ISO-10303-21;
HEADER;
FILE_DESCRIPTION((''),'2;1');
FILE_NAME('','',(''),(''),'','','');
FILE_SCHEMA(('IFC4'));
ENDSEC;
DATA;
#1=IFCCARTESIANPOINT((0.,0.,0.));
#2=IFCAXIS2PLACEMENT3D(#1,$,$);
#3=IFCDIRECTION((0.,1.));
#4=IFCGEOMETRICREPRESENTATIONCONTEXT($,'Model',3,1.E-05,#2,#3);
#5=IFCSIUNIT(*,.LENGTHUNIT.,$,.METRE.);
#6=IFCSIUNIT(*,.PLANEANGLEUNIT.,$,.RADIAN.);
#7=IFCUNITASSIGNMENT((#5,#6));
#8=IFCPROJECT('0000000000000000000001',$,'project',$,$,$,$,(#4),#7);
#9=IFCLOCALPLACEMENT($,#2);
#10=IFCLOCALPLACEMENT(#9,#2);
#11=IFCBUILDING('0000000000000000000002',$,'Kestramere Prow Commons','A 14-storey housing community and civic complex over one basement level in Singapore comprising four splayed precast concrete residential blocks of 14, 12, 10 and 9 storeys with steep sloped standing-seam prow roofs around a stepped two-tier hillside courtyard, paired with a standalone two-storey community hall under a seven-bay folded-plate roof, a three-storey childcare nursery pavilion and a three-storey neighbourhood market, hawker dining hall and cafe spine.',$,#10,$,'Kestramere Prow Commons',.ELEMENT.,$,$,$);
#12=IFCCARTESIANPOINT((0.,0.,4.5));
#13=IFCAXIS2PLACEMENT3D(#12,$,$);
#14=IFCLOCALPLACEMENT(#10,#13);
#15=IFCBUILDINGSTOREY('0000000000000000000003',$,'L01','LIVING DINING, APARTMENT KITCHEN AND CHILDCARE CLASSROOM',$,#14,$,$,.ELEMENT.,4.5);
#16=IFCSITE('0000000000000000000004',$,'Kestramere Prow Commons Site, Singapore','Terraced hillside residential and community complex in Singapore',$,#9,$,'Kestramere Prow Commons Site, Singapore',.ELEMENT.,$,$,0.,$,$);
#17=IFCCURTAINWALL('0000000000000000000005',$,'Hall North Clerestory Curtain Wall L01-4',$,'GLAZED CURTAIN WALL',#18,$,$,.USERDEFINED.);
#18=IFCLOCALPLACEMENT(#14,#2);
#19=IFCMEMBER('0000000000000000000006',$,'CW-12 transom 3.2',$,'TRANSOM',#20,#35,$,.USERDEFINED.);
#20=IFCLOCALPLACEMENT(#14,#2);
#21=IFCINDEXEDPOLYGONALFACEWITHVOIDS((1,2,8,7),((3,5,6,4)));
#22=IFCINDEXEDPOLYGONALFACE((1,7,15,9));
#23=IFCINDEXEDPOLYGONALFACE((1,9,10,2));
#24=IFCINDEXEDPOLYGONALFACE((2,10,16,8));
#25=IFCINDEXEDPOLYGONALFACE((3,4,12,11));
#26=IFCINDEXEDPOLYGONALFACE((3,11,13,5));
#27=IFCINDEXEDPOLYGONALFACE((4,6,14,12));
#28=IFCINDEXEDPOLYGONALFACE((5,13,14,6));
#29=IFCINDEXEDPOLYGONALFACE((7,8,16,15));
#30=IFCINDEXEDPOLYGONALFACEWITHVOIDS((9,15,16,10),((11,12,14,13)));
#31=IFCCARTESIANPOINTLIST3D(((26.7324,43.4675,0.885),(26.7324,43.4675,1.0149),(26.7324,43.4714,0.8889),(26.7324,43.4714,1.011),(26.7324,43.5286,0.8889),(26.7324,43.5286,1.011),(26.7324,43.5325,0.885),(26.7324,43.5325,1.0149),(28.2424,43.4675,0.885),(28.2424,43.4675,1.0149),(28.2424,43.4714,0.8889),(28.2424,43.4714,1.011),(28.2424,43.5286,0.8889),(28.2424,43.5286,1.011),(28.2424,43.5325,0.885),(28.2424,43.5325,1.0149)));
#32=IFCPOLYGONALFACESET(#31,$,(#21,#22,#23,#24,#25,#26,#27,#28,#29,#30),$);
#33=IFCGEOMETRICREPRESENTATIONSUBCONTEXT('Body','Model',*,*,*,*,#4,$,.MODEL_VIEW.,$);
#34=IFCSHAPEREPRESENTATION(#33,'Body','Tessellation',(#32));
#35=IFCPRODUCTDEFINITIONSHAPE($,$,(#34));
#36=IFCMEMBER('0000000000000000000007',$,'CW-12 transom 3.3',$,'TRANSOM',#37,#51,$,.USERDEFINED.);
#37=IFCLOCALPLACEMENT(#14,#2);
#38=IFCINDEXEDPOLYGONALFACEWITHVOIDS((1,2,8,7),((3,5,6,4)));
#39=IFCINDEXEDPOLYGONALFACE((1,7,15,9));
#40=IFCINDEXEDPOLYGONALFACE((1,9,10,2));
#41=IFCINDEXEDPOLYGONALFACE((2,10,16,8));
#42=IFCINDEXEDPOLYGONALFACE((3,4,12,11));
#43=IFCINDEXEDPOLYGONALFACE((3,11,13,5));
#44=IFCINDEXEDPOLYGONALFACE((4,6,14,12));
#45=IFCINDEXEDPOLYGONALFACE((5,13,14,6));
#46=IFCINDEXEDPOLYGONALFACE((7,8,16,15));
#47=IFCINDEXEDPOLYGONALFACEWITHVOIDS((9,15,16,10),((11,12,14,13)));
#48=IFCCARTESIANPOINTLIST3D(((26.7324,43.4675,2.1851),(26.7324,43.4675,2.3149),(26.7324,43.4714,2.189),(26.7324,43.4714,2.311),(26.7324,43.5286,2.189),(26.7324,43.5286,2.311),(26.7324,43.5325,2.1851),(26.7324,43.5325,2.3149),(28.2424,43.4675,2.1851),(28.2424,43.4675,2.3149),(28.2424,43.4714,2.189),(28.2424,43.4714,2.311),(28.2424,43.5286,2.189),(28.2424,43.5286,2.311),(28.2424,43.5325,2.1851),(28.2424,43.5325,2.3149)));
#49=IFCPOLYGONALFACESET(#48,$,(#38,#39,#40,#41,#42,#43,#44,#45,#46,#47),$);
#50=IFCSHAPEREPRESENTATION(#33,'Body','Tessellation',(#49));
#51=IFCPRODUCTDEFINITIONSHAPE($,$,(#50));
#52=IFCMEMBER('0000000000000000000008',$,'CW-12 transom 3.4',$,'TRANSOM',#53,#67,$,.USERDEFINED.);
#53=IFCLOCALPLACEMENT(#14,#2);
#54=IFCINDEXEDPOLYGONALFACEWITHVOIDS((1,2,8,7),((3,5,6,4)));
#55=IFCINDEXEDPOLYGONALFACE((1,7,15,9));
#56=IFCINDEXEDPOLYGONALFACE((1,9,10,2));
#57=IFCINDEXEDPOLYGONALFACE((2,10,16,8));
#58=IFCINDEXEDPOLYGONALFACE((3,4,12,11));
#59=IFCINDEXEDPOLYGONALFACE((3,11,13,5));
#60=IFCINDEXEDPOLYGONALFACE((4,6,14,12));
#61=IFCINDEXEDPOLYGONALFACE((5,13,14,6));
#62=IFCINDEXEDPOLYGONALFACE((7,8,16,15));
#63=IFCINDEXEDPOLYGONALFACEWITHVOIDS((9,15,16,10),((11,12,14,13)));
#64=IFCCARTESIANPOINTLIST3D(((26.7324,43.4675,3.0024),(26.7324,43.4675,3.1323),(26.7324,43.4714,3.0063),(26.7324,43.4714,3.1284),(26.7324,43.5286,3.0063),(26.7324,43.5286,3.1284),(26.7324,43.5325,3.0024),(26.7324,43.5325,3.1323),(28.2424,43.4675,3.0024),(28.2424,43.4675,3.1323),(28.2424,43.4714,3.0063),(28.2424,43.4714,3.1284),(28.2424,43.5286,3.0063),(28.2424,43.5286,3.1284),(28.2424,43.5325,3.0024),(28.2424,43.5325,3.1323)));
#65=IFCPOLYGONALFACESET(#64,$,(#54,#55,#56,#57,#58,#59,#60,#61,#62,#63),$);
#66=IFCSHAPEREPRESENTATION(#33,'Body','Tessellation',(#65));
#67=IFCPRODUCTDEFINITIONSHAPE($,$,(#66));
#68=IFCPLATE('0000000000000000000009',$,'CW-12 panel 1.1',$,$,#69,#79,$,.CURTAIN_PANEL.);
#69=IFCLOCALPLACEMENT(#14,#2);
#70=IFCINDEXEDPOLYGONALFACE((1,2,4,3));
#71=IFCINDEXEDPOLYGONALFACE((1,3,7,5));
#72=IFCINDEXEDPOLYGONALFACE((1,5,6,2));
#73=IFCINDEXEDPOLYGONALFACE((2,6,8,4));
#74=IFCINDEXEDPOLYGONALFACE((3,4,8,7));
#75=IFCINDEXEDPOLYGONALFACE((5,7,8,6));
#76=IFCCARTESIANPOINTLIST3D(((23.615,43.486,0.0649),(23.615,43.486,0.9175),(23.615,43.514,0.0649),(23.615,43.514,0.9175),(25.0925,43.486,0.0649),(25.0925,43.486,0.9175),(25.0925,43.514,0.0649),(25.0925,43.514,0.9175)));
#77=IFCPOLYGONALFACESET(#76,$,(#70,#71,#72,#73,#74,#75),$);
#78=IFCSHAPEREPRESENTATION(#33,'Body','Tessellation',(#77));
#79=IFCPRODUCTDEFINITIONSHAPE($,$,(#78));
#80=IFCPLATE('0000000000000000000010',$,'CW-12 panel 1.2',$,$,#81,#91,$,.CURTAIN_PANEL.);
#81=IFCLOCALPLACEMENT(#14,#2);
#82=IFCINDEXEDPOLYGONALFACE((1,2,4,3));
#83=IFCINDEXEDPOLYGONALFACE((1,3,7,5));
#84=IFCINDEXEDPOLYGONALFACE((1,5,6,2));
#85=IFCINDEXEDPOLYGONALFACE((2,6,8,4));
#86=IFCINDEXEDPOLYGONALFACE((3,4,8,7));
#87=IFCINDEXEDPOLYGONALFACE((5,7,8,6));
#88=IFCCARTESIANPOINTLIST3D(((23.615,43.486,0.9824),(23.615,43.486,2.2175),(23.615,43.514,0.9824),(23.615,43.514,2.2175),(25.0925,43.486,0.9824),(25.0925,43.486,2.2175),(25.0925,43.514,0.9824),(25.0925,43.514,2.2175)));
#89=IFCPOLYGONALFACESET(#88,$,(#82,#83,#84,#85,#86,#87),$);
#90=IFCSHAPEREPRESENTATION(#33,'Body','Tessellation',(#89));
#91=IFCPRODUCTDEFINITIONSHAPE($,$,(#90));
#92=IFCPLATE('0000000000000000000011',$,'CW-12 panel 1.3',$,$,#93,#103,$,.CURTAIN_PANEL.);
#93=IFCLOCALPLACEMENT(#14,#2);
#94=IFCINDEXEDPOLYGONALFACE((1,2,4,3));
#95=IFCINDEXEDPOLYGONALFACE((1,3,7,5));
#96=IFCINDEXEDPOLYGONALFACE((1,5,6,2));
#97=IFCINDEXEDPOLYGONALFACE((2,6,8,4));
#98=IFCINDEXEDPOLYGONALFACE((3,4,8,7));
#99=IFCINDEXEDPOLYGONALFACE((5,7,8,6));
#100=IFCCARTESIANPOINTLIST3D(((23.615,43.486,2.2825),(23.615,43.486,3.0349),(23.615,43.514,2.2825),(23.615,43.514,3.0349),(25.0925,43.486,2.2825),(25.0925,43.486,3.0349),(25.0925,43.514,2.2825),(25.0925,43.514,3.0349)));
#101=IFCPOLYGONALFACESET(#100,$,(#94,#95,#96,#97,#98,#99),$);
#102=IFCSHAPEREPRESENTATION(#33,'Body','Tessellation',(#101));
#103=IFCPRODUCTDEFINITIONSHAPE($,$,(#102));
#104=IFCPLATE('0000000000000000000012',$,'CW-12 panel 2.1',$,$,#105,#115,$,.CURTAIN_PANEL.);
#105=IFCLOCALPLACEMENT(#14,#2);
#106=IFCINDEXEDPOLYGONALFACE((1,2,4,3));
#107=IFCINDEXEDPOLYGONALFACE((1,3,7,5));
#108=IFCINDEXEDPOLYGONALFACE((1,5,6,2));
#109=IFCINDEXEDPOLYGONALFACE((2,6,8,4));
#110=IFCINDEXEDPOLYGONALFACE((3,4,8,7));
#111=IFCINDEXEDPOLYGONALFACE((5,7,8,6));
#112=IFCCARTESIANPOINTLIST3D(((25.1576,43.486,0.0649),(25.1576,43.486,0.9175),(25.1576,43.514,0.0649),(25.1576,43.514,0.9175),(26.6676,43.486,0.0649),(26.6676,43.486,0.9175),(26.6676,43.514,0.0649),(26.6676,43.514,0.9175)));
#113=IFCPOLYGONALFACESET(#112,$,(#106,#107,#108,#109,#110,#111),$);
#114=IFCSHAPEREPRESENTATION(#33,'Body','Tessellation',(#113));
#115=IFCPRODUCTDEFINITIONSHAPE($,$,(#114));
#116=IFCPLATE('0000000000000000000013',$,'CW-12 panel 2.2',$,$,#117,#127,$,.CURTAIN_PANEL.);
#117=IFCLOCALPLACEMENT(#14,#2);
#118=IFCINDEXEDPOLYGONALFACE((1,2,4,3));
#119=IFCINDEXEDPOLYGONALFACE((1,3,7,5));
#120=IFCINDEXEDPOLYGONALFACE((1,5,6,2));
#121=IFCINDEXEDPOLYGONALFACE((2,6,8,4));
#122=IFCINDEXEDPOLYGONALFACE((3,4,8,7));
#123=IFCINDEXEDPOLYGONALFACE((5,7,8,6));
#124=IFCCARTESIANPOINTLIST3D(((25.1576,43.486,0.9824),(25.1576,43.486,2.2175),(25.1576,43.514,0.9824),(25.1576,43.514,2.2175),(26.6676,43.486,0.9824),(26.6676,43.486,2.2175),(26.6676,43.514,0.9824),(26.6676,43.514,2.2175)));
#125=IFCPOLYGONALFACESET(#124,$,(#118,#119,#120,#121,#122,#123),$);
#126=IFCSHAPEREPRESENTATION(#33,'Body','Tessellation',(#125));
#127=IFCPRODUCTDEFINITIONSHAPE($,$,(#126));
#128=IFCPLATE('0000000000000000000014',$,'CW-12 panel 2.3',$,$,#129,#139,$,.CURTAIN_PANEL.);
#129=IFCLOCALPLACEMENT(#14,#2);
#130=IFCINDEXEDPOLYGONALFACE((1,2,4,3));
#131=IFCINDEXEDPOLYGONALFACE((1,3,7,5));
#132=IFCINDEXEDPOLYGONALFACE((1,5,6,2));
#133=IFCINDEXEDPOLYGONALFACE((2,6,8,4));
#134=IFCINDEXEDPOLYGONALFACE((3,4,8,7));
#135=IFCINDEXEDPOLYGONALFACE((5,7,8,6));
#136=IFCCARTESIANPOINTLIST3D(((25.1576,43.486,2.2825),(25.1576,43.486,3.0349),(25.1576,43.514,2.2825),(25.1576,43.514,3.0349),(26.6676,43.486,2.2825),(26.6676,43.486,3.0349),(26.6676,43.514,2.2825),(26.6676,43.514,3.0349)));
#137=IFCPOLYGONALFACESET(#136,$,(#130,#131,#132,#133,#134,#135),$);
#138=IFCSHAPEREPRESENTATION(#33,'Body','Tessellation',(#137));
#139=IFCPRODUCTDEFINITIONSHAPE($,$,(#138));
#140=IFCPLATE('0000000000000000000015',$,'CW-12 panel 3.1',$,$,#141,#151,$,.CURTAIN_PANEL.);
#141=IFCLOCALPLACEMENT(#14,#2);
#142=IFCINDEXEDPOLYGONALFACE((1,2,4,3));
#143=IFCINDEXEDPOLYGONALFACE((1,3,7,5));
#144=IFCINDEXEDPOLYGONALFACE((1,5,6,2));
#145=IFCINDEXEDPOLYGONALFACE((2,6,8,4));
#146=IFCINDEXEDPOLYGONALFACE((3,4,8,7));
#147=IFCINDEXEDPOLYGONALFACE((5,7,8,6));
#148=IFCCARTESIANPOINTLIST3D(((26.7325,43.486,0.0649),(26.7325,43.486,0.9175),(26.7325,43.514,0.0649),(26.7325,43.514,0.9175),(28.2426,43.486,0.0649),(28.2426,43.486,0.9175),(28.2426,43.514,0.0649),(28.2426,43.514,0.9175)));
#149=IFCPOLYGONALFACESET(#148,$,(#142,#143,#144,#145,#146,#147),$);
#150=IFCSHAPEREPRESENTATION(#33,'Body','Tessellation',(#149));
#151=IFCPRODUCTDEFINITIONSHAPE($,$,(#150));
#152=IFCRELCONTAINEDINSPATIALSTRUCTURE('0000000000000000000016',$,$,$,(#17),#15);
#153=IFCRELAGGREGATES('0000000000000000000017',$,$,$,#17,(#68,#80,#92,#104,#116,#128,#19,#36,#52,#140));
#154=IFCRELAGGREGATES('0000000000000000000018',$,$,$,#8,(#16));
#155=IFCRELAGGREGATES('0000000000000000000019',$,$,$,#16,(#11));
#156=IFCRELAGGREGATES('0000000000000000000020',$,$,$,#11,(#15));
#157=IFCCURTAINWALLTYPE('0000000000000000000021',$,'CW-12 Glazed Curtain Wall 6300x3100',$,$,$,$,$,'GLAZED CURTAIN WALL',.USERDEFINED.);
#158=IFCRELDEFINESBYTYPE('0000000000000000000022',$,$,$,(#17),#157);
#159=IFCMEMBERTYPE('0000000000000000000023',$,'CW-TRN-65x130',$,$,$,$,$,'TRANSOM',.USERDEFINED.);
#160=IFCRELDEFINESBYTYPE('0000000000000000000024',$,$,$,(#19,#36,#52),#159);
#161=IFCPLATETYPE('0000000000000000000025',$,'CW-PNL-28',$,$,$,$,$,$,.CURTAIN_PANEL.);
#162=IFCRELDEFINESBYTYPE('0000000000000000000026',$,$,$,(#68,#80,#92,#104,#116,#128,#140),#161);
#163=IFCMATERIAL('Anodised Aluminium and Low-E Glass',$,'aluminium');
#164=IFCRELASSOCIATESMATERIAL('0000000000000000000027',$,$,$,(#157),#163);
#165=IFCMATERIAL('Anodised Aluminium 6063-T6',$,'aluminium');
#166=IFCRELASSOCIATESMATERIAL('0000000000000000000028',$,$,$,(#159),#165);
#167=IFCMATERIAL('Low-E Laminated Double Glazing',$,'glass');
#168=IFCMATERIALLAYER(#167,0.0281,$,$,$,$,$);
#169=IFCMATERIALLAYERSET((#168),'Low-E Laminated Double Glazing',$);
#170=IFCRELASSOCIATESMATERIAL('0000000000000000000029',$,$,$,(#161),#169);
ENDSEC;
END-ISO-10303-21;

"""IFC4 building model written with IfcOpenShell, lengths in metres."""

from ifc_helpers import new_model, si_unit, direction, frame, origin, origin_2d, place, context, subcontext, project, spatial, rectangle, hollow_rectangle, extrude, material, layer, layer_set, material_profile, profile_set, type_object, element, aggregate, save


model = new_model("IFC4")

# Units and contexts
model_context = context("Model", 3, precision=1e-05, world=origin(), true_north=direction((0.0, 1.0)))
body_context = subcontext(model_context, "Body", "Model", "MODEL_VIEW")
ifc_project = project(units=[si_unit("LENGTHUNIT", "METRE"), si_unit("PLANEANGLEUNIT", "RADIAN")], contexts=[model_context])

# Site, building, storey
site_placement = place(None, origin())
site = spatial("IfcSite", under=ifc_project, at=site_placement, Name="Kestramere Prow Commons Site, Singapore", Description="Terraced hillside residential and community complex in Singapore", LongName="Kestramere Prow Commons Site, Singapore", CompositionType="ELEMENT", RefElevation=0.0)
building_placement = place(site_placement, origin())
building = spatial("IfcBuilding", under=site, at=building_placement, Name="Kestramere Prow Commons", Description="A 14-storey housing community and civic complex over one basement level in Singapore comprising four splayed precast concrete residential blocks of 14, 12, 10 and 9 storeys with steep sloped standing-seam prow roofs around a stepped two-tier hillside courtyard, paired with a standalone two-storey community hall under a seven-bay folded-plate roof, a three-storey childcare nursery pavilion and a three-storey neighbourhood market, hawker dining hall and cafe spine.", LongName="Kestramere Prow Commons", CompositionType="ELEMENT")
storey_placement = place(building_placement, frame((0.0, 0.0, 4.5)))
storey = spatial("IfcBuildingStorey", under=building, at=storey_placement, Name="L01", Description="LIVING DINING, APARTMENT KITCHEN AND CHILDCARE CLASSROOM", CompositionType="ELEMENT", Elevation=4.5)

# Curtain wall, members, plates
ifc_material_1 = material(Name="Anodised Aluminium and Low-E Glass", Category="aluminium")
curtain_wall_type = type_object("IfcCurtainWallType", Name="CW-12 Glazed Curtain Wall 6300x3100", ElementType="GLAZED CURTAIN WALL", PredefinedType="USERDEFINED", material=ifc_material_1)
curtain_wall_placement = place(storey_placement, origin())
curtain_wall = element("IfcCurtainWall", 1, at=curtain_wall_placement, inside=storey, type_object=curtain_wall_type, Name="Hall North Clerestory Curtain Wall L01-4", ObjectType="GLAZED CURTAIN WALL", PredefinedType="USERDEFINED")
ifc_material_2 = material(Name="Anodised Aluminium 6063-T6", Category="aluminium")
ifc_material_profile_1 = material_profile(ifc_material_2, hollow_rectangle(XDim=0.0649, YDim=0.1299, WallThickness=0.0039, at=origin_2d()), Name="ALU-TRN 65x130")
ifc_profile_set_1 = profile_set([ifc_material_profile_1], Name="Anodised Aluminium 6063-T6")
member_type_1 = type_object("IfcMemberType", Name="CW-TRN-65x130", ElementType="TRANSOM", PredefinedType="USERDEFINED", material=ifc_profile_set_1)
member_1_placement = place(storey_placement, frame((26.7324, 43.5, 0.95), z_axis=(1.0, 0.0, 0.0), x_axis=(0.0, 1.0, 0.0)))
member_1 = element("IfcMember", 2, at=member_1_placement, type_object=member_type_1, Name="CW-12 transom 3.2", ObjectType="TRANSOM", PredefinedType="USERDEFINED", context=body_context, shape_type="SweptSolid", body=[
    extrude(hollow_rectangle(XDim=0.0649, YDim=0.1299, WallThickness=0.0039, at=origin_2d()), origin(), (0.0, 0.0, 1.0), 1.51),
])
member_2_placement = place(storey_placement, frame((26.7324, 43.5, 2.25), z_axis=(1.0, 0.0, 0.0), x_axis=(0.0, 1.0, 0.0)))
member_2 = element("IfcMember", 3, at=member_2_placement, type_object=member_type_1, Name="CW-12 transom 3.3", ObjectType="TRANSOM", PredefinedType="USERDEFINED", context=body_context, shape_type="SweptSolid", body=[
    extrude(hollow_rectangle(XDim=0.0649, YDim=0.1299, WallThickness=0.0039, at=origin_2d()), origin(), (0.0, 0.0, 1.0), 1.51),
])
member_3_placement = place(storey_placement, frame((26.7324, 43.5, 3.0674), z_axis=(1.0, 0.0, 0.0), x_axis=(0.0, 1.0, 0.0)))
member_3 = element("IfcMember", 4, at=member_3_placement, type_object=member_type_1, Name="CW-12 transom 3.4", ObjectType="TRANSOM", PredefinedType="USERDEFINED", context=body_context, shape_type="SweptSolid", body=[
    extrude(hollow_rectangle(XDim=0.0649, YDim=0.1299, WallThickness=0.0039, at=origin_2d()), origin(), (0.0, 0.0, 1.0), 1.51),
])
ifc_material_3 = material(Name="Low-E Laminated Double Glazing", Category="glass")
ifc_layer = layer(ifc_material_3, 0.0281)
ifc_layer_set = layer_set([ifc_layer], Name="Low-E Laminated Double Glazing")
plate_type = type_object("IfcPlateType", Name="CW-PNL-28", PredefinedType="CURTAIN_PANEL", material=ifc_layer_set)
plate_1_placement = place(storey_placement, frame((24.3538, 43.5, 0.0649), z_axis=(0.0, 0.0, 1.0), x_axis=(1.0, 0.0, 0.0)))
plate_1 = element("IfcPlate", 5, at=plate_1_placement, type_object=plate_type, Name="CW-12 panel 1.1", PredefinedType="CURTAIN_PANEL", context=body_context, shape_type="SweptSolid", body=[
    extrude(rectangle(XDim=1.4775, YDim=0.0281, at=origin_2d()), origin(), (0.0, 0.0, 1.0), 0.8525),
])
plate_2_placement = place(storey_placement, frame((24.3538, 43.5, 0.9824), z_axis=(0.0, 0.0, 1.0), x_axis=(1.0, 0.0, 0.0)))
plate_2 = element("IfcPlate", 6, at=plate_2_placement, type_object=plate_type, Name="CW-12 panel 1.2", PredefinedType="CURTAIN_PANEL", context=body_context, shape_type="SweptSolid", body=[
    extrude(rectangle(XDim=1.4775, YDim=0.0281, at=origin_2d()), origin(), (0.0, 0.0, 1.0), 1.2351),
])
plate_3_placement = place(storey_placement, frame((24.3538, 43.5, 2.2825), z_axis=(0.0, 0.0, 1.0), x_axis=(1.0, 0.0, 0.0)))
plate_3 = element("IfcPlate", 7, at=plate_3_placement, type_object=plate_type, Name="CW-12 panel 1.3", PredefinedType="CURTAIN_PANEL", context=body_context, shape_type="SweptSolid", body=[
    extrude(rectangle(XDim=1.4775, YDim=0.0281, at=origin_2d()), origin(), (0.0, 0.0, 1.0), 0.7524),
])
plate_4_placement = place(storey_placement, frame((25.9126, 43.5, 0.0649), z_axis=(0.0, 0.0, 1.0), x_axis=(1.0, 0.0, 0.0)))
plate_4 = element("IfcPlate", 8, at=plate_4_placement, type_object=plate_type, Name="CW-12 panel 2.1", PredefinedType="CURTAIN_PANEL", context=body_context, shape_type="SweptSolid", body=[
    extrude(rectangle(XDim=1.51, YDim=0.0281, at=origin_2d()), origin(), (0.0, 0.0, 1.0), 0.8525),
])
plate_5_placement = place(storey_placement, frame((25.9126, 43.5, 0.9824), z_axis=(0.0, 0.0, 1.0), x_axis=(1.0, 0.0, 0.0)))
plate_5 = element("IfcPlate", 9, at=plate_5_placement, type_object=plate_type, Name="CW-12 panel 2.2", PredefinedType="CURTAIN_PANEL", context=body_context, shape_type="SweptSolid", body=[
    extrude(rectangle(XDim=1.51, YDim=0.0281, at=origin_2d()), origin(), (0.0, 0.0, 1.0), 1.2351),
])
plate_6_placement = place(storey_placement, frame((25.9126, 43.5, 2.2825), z_axis=(0.0, 0.0, 1.0), x_axis=(1.0, 0.0, 0.0)))
plate_6 = element("IfcPlate", 10, at=plate_6_placement, type_object=plate_type, Name="CW-12 panel 2.3", PredefinedType="CURTAIN_PANEL", context=body_context, shape_type="SweptSolid", body=[
    extrude(rectangle(XDim=1.51, YDim=0.0281, at=origin_2d()), origin(), (0.0, 0.0, 1.0), 0.7524),
])
plate_7_placement = place(storey_placement, frame((27.4875, 43.5, 0.0649), z_axis=(0.0, 0.0, 1.0), x_axis=(1.0, 0.0, 0.0)))
plate_7 = element("IfcPlate", 11, at=plate_7_placement, type_object=plate_type, Name="CW-12 panel 3.1", PredefinedType="CURTAIN_PANEL", context=body_context, shape_type="SweptSolid", body=[
    extrude(rectangle(XDim=1.51, YDim=0.0281, at=origin_2d()), origin(), (0.0, 0.0, 1.0), 0.8525),
])
aggregate(curtain_wall, [plate_1, plate_2, plate_3, plate_4, plate_5, plate_6, member_1, member_2, member_3, plate_7])

save(model, "model.ifc")
